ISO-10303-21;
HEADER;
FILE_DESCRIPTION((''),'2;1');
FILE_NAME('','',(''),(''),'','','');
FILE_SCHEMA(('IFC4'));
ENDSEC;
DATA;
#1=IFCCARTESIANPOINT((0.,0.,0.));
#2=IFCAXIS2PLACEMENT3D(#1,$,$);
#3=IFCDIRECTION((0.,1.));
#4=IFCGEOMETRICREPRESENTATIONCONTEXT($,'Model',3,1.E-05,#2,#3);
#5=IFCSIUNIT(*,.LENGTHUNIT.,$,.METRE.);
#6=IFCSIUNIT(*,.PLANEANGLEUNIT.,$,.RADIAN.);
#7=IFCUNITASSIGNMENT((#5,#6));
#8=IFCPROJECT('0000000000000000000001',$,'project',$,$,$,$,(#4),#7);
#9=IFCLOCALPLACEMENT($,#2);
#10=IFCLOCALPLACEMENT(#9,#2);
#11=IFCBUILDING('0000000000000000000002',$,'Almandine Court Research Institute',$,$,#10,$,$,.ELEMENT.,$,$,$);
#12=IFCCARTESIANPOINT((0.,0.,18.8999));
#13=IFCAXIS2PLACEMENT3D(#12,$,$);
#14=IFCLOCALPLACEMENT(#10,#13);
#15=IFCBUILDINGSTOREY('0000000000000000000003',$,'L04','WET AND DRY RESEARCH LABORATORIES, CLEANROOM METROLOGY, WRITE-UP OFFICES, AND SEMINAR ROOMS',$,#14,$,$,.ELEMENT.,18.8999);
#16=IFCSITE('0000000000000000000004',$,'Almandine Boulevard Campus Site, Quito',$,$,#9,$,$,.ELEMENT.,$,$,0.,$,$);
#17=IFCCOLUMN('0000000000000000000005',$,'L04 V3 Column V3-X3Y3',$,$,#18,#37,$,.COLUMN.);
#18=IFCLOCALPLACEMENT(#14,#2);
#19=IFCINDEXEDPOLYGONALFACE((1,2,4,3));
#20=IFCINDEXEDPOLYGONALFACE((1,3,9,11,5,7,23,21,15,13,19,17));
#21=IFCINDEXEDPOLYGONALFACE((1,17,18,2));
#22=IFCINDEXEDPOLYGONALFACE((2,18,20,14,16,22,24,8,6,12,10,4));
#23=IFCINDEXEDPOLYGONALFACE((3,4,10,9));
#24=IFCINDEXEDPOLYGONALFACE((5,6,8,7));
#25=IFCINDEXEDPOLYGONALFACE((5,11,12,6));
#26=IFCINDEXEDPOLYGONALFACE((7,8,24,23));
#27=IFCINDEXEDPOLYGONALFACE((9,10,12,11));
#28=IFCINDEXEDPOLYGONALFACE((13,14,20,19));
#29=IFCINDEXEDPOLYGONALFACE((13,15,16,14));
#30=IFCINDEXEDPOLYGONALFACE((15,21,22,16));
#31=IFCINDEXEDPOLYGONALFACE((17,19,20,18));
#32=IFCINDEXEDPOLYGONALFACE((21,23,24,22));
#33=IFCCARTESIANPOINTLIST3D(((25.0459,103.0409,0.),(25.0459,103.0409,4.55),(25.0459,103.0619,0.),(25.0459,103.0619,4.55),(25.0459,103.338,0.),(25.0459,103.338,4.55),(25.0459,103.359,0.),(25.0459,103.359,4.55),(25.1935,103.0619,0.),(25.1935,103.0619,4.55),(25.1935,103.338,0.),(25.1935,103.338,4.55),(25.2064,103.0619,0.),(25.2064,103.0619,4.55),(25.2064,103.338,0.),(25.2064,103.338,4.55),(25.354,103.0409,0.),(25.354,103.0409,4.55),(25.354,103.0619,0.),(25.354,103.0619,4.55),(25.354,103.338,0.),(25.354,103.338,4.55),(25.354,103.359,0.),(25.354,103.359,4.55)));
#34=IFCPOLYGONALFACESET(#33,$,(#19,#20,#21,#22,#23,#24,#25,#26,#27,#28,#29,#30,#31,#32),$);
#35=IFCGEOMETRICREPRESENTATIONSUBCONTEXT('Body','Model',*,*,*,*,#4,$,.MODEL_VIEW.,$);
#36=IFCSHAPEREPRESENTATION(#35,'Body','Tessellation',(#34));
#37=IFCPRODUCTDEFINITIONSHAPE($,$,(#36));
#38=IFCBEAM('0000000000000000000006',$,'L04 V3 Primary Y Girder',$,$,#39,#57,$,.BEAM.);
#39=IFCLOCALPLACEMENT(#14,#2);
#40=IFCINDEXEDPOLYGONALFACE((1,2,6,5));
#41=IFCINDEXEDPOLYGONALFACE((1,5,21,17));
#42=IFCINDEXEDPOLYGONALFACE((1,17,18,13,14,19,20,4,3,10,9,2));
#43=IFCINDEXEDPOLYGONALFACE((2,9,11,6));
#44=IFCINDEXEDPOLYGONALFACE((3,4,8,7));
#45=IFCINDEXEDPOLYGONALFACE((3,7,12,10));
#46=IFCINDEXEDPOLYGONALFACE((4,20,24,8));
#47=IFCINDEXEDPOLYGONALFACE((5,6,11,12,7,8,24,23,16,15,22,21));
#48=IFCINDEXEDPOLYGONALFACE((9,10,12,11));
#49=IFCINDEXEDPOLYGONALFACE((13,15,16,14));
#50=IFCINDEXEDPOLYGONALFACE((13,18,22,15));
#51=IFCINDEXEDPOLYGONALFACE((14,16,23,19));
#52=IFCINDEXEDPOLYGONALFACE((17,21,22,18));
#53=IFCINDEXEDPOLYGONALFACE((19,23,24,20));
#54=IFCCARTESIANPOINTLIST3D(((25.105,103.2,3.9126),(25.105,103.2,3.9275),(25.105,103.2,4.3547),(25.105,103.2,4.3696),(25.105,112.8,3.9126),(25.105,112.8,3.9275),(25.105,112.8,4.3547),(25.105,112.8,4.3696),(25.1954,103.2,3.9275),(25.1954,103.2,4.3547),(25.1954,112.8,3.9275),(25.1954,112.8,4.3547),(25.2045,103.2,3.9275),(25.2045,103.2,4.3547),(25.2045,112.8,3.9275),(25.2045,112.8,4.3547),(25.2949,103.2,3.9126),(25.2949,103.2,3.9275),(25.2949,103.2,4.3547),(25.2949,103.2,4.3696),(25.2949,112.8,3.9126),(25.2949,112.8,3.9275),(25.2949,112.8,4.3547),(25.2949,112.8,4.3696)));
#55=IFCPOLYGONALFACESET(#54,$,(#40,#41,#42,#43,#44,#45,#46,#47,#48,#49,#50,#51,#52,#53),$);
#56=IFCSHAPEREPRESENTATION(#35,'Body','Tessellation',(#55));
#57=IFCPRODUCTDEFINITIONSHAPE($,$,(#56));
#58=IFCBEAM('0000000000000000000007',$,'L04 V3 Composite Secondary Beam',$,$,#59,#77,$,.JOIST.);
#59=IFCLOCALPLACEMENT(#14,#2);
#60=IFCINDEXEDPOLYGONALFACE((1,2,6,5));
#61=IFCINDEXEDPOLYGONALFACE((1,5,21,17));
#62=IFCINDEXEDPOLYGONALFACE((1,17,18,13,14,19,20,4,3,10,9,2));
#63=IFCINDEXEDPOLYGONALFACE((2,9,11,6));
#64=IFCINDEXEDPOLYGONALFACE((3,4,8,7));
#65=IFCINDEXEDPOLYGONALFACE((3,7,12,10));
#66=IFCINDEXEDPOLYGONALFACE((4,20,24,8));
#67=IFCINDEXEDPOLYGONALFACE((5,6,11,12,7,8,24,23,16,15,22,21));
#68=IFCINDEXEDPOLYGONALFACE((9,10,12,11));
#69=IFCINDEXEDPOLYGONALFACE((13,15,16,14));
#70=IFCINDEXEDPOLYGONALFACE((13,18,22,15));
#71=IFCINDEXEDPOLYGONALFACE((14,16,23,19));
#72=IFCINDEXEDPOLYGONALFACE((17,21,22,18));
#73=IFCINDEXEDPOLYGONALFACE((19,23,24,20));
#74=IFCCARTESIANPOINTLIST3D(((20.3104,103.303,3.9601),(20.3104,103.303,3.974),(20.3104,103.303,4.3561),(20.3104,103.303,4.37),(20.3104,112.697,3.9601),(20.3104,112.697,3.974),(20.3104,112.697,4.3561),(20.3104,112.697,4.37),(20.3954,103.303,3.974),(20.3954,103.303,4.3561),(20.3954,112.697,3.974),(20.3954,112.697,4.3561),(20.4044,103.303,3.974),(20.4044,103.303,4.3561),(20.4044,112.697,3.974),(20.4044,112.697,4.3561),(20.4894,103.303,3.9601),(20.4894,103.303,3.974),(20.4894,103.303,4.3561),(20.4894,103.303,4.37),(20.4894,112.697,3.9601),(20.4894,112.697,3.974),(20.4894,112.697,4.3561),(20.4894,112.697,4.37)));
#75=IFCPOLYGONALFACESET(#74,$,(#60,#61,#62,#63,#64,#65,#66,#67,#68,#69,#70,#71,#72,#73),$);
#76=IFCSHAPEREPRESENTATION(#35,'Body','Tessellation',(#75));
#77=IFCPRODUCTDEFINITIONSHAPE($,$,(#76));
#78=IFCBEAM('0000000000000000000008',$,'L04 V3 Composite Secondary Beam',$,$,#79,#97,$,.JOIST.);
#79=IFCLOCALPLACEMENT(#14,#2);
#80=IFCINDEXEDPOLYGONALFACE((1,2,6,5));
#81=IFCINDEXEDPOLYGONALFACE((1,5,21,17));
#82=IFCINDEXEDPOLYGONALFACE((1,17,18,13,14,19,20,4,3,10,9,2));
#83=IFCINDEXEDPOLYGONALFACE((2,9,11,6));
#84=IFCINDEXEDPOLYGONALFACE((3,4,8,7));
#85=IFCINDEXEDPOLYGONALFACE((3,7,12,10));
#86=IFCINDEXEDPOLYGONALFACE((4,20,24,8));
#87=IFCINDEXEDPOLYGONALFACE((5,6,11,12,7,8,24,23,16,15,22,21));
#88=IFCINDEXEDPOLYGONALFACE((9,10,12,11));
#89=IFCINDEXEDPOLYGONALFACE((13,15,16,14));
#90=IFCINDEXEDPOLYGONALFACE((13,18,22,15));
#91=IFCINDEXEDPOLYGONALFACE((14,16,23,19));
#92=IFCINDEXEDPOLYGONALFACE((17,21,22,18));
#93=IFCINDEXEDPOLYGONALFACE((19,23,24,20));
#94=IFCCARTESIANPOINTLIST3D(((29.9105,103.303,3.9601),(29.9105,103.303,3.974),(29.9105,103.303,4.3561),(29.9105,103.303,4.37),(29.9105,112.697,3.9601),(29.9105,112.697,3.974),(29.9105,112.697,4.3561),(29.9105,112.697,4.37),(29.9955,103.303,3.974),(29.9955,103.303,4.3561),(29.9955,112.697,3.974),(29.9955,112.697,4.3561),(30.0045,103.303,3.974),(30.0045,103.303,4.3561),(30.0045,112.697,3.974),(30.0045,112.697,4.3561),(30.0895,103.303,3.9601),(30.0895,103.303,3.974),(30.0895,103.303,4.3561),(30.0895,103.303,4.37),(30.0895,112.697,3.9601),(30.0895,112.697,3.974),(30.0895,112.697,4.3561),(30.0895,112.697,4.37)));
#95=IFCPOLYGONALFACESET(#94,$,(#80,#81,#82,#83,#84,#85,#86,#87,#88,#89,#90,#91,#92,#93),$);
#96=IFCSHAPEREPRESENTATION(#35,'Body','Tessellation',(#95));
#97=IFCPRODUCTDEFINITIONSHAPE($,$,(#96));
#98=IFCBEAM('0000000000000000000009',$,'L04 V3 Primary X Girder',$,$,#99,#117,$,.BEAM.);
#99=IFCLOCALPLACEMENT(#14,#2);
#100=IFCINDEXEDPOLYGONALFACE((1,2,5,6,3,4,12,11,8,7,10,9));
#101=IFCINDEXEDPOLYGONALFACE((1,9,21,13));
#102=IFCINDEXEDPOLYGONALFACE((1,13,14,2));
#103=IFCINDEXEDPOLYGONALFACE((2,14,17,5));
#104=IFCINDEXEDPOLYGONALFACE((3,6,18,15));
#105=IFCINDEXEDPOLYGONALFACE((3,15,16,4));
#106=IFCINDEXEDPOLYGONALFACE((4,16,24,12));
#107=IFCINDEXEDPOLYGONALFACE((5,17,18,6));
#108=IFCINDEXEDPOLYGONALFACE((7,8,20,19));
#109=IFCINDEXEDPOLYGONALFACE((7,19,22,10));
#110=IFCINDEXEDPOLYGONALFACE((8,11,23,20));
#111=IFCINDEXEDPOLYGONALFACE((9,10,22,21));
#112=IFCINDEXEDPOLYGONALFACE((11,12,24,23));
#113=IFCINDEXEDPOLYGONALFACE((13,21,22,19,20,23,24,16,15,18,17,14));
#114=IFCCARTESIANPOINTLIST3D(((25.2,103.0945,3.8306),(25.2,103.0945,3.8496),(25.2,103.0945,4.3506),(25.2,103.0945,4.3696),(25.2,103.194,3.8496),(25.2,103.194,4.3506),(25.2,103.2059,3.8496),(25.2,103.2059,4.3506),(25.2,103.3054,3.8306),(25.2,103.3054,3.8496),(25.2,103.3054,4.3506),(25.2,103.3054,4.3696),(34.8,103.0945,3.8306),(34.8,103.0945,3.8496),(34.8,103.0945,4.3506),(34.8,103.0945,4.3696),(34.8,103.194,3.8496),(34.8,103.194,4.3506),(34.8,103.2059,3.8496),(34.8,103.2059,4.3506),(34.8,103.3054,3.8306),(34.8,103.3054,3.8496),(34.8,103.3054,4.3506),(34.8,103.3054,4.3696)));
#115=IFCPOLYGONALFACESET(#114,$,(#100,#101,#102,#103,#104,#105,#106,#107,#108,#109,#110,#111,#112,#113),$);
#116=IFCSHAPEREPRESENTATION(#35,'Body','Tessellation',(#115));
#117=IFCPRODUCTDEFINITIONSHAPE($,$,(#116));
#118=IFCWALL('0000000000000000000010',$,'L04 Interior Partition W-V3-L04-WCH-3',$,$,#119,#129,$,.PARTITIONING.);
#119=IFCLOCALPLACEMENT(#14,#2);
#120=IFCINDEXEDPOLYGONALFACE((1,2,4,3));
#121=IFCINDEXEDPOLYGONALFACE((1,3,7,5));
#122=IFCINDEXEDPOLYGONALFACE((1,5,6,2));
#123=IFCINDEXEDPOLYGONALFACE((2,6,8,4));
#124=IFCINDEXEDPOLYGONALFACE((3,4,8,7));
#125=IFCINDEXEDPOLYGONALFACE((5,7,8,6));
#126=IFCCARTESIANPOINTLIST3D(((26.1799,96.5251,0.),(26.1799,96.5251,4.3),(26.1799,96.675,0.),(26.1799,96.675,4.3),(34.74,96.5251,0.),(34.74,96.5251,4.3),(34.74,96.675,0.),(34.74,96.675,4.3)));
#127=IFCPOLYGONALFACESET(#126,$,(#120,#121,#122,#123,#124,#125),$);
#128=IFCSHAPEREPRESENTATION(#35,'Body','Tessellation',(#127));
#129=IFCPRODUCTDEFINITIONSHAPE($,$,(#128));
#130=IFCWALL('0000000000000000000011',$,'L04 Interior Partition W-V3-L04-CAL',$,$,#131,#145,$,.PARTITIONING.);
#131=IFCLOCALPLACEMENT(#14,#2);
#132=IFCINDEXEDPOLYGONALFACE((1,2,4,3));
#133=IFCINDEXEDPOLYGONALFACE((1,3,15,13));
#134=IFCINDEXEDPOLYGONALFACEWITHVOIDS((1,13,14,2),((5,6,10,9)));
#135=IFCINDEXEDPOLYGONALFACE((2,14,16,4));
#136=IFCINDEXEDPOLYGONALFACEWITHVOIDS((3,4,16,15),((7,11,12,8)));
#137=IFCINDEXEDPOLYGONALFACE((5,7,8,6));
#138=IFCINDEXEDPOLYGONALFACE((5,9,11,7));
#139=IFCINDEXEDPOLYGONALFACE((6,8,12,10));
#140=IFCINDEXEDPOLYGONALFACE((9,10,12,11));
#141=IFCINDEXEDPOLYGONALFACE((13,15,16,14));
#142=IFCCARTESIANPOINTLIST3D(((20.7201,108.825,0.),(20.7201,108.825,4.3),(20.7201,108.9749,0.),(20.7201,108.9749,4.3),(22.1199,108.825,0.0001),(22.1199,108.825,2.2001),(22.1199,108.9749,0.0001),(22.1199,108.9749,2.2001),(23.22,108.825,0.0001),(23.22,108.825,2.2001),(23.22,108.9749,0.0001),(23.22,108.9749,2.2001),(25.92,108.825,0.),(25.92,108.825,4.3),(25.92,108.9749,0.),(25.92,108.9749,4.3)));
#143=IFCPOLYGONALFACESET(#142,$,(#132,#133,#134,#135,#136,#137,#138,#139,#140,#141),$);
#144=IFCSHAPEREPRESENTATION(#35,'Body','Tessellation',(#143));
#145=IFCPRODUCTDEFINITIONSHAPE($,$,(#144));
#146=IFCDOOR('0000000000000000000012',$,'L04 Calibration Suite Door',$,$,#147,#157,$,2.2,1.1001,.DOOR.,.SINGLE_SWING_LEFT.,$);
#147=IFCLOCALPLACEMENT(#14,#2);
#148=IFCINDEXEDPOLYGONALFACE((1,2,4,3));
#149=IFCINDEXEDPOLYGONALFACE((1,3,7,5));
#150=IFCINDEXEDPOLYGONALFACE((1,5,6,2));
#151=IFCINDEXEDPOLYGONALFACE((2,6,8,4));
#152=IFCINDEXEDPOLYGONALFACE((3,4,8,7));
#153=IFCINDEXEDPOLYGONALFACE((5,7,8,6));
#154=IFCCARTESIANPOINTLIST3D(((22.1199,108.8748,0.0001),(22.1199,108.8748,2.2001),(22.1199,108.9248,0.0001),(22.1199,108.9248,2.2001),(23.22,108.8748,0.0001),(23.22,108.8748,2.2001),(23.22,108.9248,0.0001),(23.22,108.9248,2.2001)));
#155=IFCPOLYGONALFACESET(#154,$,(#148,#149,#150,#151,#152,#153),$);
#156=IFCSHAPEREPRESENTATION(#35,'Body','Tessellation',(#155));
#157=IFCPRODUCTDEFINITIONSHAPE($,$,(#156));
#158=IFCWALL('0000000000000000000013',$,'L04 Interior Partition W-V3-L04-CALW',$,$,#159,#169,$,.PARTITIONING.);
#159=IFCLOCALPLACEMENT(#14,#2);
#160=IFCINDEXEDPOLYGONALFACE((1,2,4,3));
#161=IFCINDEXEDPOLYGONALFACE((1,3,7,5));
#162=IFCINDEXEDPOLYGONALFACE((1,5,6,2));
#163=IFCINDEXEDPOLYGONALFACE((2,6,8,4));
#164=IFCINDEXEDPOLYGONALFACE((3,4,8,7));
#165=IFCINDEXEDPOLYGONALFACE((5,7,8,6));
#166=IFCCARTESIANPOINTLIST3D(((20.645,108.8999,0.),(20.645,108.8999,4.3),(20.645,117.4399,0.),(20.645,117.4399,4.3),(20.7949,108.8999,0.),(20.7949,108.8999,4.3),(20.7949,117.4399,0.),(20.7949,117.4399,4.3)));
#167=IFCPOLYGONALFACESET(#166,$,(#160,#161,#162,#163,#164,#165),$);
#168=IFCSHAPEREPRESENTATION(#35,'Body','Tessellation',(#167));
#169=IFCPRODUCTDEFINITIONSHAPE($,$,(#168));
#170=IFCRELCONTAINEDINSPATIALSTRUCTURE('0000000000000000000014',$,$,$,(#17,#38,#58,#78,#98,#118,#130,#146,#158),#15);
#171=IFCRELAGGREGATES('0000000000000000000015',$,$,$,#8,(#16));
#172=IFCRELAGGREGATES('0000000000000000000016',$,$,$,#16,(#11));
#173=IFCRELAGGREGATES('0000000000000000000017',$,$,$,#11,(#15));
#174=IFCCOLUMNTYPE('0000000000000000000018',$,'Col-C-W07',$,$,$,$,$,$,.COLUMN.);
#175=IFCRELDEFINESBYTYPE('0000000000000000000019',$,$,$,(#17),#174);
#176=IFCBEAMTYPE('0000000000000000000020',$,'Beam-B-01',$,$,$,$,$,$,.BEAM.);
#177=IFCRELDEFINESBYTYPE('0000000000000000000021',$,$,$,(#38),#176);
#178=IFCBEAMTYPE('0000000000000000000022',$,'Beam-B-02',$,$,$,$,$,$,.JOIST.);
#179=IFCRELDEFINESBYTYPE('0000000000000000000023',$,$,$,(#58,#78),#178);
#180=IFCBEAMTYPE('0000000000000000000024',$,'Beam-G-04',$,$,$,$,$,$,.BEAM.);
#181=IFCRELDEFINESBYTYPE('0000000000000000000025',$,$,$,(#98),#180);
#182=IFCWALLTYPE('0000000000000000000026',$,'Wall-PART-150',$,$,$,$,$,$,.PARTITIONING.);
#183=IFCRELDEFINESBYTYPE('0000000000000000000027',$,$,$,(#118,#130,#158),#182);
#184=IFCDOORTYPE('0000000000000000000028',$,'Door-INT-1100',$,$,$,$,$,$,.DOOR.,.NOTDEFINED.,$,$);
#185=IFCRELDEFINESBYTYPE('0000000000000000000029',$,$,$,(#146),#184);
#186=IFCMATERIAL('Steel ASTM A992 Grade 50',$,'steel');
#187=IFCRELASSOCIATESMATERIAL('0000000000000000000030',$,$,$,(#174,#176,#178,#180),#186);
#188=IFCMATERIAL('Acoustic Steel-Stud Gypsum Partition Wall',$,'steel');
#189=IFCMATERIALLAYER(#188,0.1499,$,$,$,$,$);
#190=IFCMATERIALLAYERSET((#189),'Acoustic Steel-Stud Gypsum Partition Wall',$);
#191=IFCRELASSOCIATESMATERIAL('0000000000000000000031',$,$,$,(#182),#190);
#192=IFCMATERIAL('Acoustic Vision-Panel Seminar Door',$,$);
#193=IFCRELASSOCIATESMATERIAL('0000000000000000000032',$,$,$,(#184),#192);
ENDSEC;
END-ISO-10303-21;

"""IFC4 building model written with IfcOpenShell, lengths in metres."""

from ifc_helpers import new_model, si_unit, direction, frame, frame_2d, origin, origin_2d, place, context, subcontext, project, spatial, rectangle, i_section, extrude, material, layer, layer_set, material_profile, profile_set, type_object, element, fill, save


model = new_model("IFC4")

# Units and contexts
model_context = context("Model", 3, precision=1e-05, world=origin(), true_north=direction((0.0, 1.0)))
body_context = subcontext(model_context, "Body", "Model", "MODEL_VIEW")
ifc_project = project(units=[si_unit("LENGTHUNIT", "METRE"), si_unit("PLANEANGLEUNIT", "RADIAN")], contexts=[model_context])

# Site, building, storey
site_placement = place(None, origin())
site = spatial("IfcSite", under=ifc_project, at=site_placement, Name="Almandine Boulevard Campus Site, Quito", CompositionType="ELEMENT", RefElevation=0.0)
building_placement = place(site_placement, origin())
building = spatial("IfcBuilding", under=site, at=building_placement, Name="Almandine Court Research Institute", CompositionType="ELEMENT")
storey_placement = place(building_placement, frame((0.0, 0.0, 18.8999)))
storey = spatial("IfcBuildingStorey", under=building, at=storey_placement, Name="L04", Description="WET AND DRY RESEARCH LABORATORIES, CLEANROOM METROLOGY, WRITE-UP OFFICES, AND SEMINAR ROOMS", CompositionType="ELEMENT", Elevation=18.8999)

# Column
ifc_material_1 = material(Name="Steel ASTM A992 Grade 50", Category="steel")
ifc_material_profile_1 = material_profile(ifc_material_1, i_section(OverallWidth=0.3081, OverallDepth=0.3181, WebThickness=0.0129, FlangeThickness=0.021, at=origin_2d()), Name="W310x129")
ifc_profile_set_1 = profile_set([ifc_material_profile_1], Name="Steel ASTM A992 Grade 50")
column_type = type_object("IfcColumnType", Name="Col-C-W07", PredefinedType="COLUMN", material=ifc_profile_set_1)
column_placement = place(storey_placement, frame((25.2, 103.2, 0.0), z_axis=(0.0, 0.0, 1.0), x_axis=(1.0, 0.0, 0.0)))
element("IfcColumn", 1, at=column_placement, inside=storey, type_object=column_type, Name="L04 V3 Column V3-X3Y3", PredefinedType="COLUMN", context=body_context, shape_type="SweptSolid", body=[
    extrude(i_section(OverallWidth=0.3081, OverallDepth=0.3181, WebThickness=0.0129, FlangeThickness=0.021, at=origin_2d()), origin(), (0.0, 0.0, 1.0), 4.55),
])

# Beams
ifc_material_profile_2 = material_profile(ifc_material_1, i_section(OverallWidth=0.1899, OverallDepth=0.457, WebThickness=0.009, FlangeThickness=0.0149, at=origin_2d()), Name="W460x74")
ifc_profile_set_2 = profile_set([ifc_material_profile_2], Name="Steel ASTM A992 Grade 50")
beam_type_1 = type_object("IfcBeamType", Name="Beam-B-01", PredefinedType="BEAM", material=ifc_profile_set_2)
beam_1_placement = place(storey_placement, frame((25.2, 103.2, 4.1411), z_axis=(0.0, 1.0, 0.0), x_axis=(-1.0, 0.0, 0.0)))
element("IfcBeam", 2, at=beam_1_placement, inside=storey, type_object=beam_type_1, Name="L04 V3 Primary Y Girder", PredefinedType="BEAM", context=body_context, shape_type="SweptSolid", body=[
    extrude(i_section(OverallWidth=0.1899, OverallDepth=0.457, WebThickness=0.009, FlangeThickness=0.0149, at=origin_2d()), origin(), (0.0, 0.0, 1.0), 9.6001),
])
ifc_material_profile_3 = material_profile(ifc_material_1, i_section(OverallWidth=0.179, OverallDepth=0.4099, WebThickness=0.009, FlangeThickness=0.0139, at=origin_2d()), Name="W410x67")
ifc_profile_set_3 = profile_set([ifc_material_profile_3], Name="Steel ASTM A992 Grade 50")
beam_type_2 = type_object("IfcBeamType", Name="Beam-B-02", PredefinedType="JOIST", material=ifc_profile_set_3)
for number, where, z_axis, x_axis, name in (
    (3, (20.3999, 103.303, 4.165), (0.0, 1.0, 0.0), (-1.0, 0.0, 0.0), "L04 V3 Composite Secondary Beam"),
    (4, (30.0, 103.303, 4.165), (0.0, 1.0, 0.0), (-1.0, 0.0, 0.0), "L04 V3 Composite Secondary Beam"),
):
    element("IfcBeam", number, at=place(storey_placement, frame(where, z_axis=z_axis, x_axis=x_axis)), inside=storey, type_object=beam_type_2, Name=name, PredefinedType="JOIST", context=body_context, shape_type="SweptSolid", body=[
        extrude(i_section(OverallWidth=0.179, OverallDepth=0.4099, WebThickness=0.009, FlangeThickness=0.0139, at=origin_2d()), origin(), (0.0, 0.0, 1.0), 9.394),
    ])
ifc_material_profile_4 = material_profile(ifc_material_1, i_section(OverallWidth=0.2109, OverallDepth=0.5391, WebThickness=0.012, FlangeThickness=0.019, at=origin_2d()), Name="W530x109")
ifc_profile_set_4 = profile_set([ifc_material_profile_4], Name="Steel ASTM A992 Grade 50")
beam_type_3 = type_object("IfcBeamType", Name="Beam-G-04", PredefinedType="BEAM", material=ifc_profile_set_4)
beam_2_placement = place(storey_placement, frame((25.2, 103.2, 4.1001), z_axis=(1.0, 0.0, 0.0), x_axis=(0.0, 1.0, 0.0)))
element("IfcBeam", 5, at=beam_2_placement, inside=storey, type_object=beam_type_3, Name="L04 V3 Primary X Girder", PredefinedType="BEAM", context=body_context, shape_type="SweptSolid", body=[
    extrude(i_section(OverallWidth=0.2109, OverallDepth=0.5391, WebThickness=0.012, FlangeThickness=0.019, at=origin_2d()), origin(), (0.0, 0.0, 1.0), 9.6001),
])

# Wall
ifc_material_2 = material(Name="Acoustic Steel-Stud Gypsum Partition Wall", Category="steel")
ifc_layer_1 = layer(ifc_material_2, 0.1499)
ifc_layer_set_1 = layer_set([ifc_layer_1], Name="Acoustic Steel-Stud Gypsum Partition Wall")
wall_type_1 = type_object("IfcWallType", Name="Wall-PART-150", PredefinedType="PARTITIONING", material=ifc_layer_set_1)
wall_1_placement = place(storey_placement, frame((26.1799, 96.6001, 0.0), z_axis=(0.0, 0.0, 1.0), x_axis=(1.0, 0.0, 0.0)))
element("IfcWall", 6, at=wall_1_placement, inside=storey, type_object=wall_type_1, Name="L04 Interior Partition W-V3-L04-WCH-3", PredefinedType="PARTITIONING", context=body_context, shape_type="SweptSolid", body=[
    extrude(rectangle(XDim=8.5601, YDim=0.1499, at=frame_2d((4.28, 0.0))), origin(), (0.0, 0.0, 1.0), 4.3),
])

# Wall, opening, door
wall_2_placement = place(storey_placement, frame((20.72, 108.8999, 0.0), z_axis=(0.0, 0.0, 1.0), x_axis=(1.0, 0.0, 0.0)))
wall_2 = element("IfcWall", 7, at=wall_2_placement, inside=storey, type_object=wall_type_1, Name="L04 Interior Partition W-V3-L04-CAL", PredefinedType="PARTITIONING", context=body_context, shape_type="SweptSolid", body=[
    extrude(rectangle(XDim=5.2, YDim=0.1499, at=frame_2d((2.6001, 0.0))), origin(), (0.0, 0.0, 1.0), 4.3),
])
opening_1_placement = place(wall_2_placement, frame((1.3999, 0.0, 0.0)))
opening_1 = element("IfcOpeningElement", 8, at=opening_1_placement, cuts=wall_2, PredefinedType="OPENING", context=body_context, shape_type="SweptSolid", body=[
    extrude(rectangle(XDim=1.1001, YDim=2.2, at=frame_2d((0.55, 1.1001))), frame((0.0, 0.085, 0.0), z_axis=(0.0, -1.0, 0.0), x_axis=(1.0, 0.0, 0.0)), (0.0, 0.0, 1.0), 0.1699),
])
ifc_material_3 = material(Name="Acoustic Vision-Panel Seminar Door")
door_type_1 = type_object("IfcDoorType", Name="Door-INT-1100", OperationType="NOTDEFINED", PredefinedType="DOOR", material=ifc_material_3)
door_1_placement = place(opening_1_placement, origin())
door_1 = element("IfcDoor", 9, at=door_1_placement, inside=storey, type_object=door_type_1, Name="L04 Calibration Suite Door", OperationType="SINGLE_SWING_LEFT", OverallHeight=2.2, OverallWidth=1.1001, PredefinedType="DOOR", context=body_context, shape_type="SweptSolid", body=[
    extrude(rectangle(XDim=1.1001, YDim=2.2, at=frame_2d((0.55, 1.1001))), frame((0.0, 0.0249, 0.0), z_axis=(0.0, -1.0, 0.0), x_axis=(1.0, 0.0, 0.0)), (0.0, 0.0, 1.0), 0.05),
])
fill(opening_1, door_1)

# Wall
wall_3_placement = place(storey_placement, frame((20.72, 108.8999, 0.0), z_axis=(0.0, 0.0, 1.0), x_axis=(0.0, 1.0, 0.0)))
element("IfcWall", 10, at=wall_3_placement, inside=storey, type_object=wall_type_1, Name="L04 Interior Partition W-V3-L04-CALW", PredefinedType="PARTITIONING", context=body_context, shape_type="SweptSolid", body=[
    extrude(rectangle(XDim=8.54, YDim=0.1499, at=frame_2d((4.27, 0.0))), origin(), (0.0, 0.0, 1.0), 4.3),
])

save(model, "model.ifc")
